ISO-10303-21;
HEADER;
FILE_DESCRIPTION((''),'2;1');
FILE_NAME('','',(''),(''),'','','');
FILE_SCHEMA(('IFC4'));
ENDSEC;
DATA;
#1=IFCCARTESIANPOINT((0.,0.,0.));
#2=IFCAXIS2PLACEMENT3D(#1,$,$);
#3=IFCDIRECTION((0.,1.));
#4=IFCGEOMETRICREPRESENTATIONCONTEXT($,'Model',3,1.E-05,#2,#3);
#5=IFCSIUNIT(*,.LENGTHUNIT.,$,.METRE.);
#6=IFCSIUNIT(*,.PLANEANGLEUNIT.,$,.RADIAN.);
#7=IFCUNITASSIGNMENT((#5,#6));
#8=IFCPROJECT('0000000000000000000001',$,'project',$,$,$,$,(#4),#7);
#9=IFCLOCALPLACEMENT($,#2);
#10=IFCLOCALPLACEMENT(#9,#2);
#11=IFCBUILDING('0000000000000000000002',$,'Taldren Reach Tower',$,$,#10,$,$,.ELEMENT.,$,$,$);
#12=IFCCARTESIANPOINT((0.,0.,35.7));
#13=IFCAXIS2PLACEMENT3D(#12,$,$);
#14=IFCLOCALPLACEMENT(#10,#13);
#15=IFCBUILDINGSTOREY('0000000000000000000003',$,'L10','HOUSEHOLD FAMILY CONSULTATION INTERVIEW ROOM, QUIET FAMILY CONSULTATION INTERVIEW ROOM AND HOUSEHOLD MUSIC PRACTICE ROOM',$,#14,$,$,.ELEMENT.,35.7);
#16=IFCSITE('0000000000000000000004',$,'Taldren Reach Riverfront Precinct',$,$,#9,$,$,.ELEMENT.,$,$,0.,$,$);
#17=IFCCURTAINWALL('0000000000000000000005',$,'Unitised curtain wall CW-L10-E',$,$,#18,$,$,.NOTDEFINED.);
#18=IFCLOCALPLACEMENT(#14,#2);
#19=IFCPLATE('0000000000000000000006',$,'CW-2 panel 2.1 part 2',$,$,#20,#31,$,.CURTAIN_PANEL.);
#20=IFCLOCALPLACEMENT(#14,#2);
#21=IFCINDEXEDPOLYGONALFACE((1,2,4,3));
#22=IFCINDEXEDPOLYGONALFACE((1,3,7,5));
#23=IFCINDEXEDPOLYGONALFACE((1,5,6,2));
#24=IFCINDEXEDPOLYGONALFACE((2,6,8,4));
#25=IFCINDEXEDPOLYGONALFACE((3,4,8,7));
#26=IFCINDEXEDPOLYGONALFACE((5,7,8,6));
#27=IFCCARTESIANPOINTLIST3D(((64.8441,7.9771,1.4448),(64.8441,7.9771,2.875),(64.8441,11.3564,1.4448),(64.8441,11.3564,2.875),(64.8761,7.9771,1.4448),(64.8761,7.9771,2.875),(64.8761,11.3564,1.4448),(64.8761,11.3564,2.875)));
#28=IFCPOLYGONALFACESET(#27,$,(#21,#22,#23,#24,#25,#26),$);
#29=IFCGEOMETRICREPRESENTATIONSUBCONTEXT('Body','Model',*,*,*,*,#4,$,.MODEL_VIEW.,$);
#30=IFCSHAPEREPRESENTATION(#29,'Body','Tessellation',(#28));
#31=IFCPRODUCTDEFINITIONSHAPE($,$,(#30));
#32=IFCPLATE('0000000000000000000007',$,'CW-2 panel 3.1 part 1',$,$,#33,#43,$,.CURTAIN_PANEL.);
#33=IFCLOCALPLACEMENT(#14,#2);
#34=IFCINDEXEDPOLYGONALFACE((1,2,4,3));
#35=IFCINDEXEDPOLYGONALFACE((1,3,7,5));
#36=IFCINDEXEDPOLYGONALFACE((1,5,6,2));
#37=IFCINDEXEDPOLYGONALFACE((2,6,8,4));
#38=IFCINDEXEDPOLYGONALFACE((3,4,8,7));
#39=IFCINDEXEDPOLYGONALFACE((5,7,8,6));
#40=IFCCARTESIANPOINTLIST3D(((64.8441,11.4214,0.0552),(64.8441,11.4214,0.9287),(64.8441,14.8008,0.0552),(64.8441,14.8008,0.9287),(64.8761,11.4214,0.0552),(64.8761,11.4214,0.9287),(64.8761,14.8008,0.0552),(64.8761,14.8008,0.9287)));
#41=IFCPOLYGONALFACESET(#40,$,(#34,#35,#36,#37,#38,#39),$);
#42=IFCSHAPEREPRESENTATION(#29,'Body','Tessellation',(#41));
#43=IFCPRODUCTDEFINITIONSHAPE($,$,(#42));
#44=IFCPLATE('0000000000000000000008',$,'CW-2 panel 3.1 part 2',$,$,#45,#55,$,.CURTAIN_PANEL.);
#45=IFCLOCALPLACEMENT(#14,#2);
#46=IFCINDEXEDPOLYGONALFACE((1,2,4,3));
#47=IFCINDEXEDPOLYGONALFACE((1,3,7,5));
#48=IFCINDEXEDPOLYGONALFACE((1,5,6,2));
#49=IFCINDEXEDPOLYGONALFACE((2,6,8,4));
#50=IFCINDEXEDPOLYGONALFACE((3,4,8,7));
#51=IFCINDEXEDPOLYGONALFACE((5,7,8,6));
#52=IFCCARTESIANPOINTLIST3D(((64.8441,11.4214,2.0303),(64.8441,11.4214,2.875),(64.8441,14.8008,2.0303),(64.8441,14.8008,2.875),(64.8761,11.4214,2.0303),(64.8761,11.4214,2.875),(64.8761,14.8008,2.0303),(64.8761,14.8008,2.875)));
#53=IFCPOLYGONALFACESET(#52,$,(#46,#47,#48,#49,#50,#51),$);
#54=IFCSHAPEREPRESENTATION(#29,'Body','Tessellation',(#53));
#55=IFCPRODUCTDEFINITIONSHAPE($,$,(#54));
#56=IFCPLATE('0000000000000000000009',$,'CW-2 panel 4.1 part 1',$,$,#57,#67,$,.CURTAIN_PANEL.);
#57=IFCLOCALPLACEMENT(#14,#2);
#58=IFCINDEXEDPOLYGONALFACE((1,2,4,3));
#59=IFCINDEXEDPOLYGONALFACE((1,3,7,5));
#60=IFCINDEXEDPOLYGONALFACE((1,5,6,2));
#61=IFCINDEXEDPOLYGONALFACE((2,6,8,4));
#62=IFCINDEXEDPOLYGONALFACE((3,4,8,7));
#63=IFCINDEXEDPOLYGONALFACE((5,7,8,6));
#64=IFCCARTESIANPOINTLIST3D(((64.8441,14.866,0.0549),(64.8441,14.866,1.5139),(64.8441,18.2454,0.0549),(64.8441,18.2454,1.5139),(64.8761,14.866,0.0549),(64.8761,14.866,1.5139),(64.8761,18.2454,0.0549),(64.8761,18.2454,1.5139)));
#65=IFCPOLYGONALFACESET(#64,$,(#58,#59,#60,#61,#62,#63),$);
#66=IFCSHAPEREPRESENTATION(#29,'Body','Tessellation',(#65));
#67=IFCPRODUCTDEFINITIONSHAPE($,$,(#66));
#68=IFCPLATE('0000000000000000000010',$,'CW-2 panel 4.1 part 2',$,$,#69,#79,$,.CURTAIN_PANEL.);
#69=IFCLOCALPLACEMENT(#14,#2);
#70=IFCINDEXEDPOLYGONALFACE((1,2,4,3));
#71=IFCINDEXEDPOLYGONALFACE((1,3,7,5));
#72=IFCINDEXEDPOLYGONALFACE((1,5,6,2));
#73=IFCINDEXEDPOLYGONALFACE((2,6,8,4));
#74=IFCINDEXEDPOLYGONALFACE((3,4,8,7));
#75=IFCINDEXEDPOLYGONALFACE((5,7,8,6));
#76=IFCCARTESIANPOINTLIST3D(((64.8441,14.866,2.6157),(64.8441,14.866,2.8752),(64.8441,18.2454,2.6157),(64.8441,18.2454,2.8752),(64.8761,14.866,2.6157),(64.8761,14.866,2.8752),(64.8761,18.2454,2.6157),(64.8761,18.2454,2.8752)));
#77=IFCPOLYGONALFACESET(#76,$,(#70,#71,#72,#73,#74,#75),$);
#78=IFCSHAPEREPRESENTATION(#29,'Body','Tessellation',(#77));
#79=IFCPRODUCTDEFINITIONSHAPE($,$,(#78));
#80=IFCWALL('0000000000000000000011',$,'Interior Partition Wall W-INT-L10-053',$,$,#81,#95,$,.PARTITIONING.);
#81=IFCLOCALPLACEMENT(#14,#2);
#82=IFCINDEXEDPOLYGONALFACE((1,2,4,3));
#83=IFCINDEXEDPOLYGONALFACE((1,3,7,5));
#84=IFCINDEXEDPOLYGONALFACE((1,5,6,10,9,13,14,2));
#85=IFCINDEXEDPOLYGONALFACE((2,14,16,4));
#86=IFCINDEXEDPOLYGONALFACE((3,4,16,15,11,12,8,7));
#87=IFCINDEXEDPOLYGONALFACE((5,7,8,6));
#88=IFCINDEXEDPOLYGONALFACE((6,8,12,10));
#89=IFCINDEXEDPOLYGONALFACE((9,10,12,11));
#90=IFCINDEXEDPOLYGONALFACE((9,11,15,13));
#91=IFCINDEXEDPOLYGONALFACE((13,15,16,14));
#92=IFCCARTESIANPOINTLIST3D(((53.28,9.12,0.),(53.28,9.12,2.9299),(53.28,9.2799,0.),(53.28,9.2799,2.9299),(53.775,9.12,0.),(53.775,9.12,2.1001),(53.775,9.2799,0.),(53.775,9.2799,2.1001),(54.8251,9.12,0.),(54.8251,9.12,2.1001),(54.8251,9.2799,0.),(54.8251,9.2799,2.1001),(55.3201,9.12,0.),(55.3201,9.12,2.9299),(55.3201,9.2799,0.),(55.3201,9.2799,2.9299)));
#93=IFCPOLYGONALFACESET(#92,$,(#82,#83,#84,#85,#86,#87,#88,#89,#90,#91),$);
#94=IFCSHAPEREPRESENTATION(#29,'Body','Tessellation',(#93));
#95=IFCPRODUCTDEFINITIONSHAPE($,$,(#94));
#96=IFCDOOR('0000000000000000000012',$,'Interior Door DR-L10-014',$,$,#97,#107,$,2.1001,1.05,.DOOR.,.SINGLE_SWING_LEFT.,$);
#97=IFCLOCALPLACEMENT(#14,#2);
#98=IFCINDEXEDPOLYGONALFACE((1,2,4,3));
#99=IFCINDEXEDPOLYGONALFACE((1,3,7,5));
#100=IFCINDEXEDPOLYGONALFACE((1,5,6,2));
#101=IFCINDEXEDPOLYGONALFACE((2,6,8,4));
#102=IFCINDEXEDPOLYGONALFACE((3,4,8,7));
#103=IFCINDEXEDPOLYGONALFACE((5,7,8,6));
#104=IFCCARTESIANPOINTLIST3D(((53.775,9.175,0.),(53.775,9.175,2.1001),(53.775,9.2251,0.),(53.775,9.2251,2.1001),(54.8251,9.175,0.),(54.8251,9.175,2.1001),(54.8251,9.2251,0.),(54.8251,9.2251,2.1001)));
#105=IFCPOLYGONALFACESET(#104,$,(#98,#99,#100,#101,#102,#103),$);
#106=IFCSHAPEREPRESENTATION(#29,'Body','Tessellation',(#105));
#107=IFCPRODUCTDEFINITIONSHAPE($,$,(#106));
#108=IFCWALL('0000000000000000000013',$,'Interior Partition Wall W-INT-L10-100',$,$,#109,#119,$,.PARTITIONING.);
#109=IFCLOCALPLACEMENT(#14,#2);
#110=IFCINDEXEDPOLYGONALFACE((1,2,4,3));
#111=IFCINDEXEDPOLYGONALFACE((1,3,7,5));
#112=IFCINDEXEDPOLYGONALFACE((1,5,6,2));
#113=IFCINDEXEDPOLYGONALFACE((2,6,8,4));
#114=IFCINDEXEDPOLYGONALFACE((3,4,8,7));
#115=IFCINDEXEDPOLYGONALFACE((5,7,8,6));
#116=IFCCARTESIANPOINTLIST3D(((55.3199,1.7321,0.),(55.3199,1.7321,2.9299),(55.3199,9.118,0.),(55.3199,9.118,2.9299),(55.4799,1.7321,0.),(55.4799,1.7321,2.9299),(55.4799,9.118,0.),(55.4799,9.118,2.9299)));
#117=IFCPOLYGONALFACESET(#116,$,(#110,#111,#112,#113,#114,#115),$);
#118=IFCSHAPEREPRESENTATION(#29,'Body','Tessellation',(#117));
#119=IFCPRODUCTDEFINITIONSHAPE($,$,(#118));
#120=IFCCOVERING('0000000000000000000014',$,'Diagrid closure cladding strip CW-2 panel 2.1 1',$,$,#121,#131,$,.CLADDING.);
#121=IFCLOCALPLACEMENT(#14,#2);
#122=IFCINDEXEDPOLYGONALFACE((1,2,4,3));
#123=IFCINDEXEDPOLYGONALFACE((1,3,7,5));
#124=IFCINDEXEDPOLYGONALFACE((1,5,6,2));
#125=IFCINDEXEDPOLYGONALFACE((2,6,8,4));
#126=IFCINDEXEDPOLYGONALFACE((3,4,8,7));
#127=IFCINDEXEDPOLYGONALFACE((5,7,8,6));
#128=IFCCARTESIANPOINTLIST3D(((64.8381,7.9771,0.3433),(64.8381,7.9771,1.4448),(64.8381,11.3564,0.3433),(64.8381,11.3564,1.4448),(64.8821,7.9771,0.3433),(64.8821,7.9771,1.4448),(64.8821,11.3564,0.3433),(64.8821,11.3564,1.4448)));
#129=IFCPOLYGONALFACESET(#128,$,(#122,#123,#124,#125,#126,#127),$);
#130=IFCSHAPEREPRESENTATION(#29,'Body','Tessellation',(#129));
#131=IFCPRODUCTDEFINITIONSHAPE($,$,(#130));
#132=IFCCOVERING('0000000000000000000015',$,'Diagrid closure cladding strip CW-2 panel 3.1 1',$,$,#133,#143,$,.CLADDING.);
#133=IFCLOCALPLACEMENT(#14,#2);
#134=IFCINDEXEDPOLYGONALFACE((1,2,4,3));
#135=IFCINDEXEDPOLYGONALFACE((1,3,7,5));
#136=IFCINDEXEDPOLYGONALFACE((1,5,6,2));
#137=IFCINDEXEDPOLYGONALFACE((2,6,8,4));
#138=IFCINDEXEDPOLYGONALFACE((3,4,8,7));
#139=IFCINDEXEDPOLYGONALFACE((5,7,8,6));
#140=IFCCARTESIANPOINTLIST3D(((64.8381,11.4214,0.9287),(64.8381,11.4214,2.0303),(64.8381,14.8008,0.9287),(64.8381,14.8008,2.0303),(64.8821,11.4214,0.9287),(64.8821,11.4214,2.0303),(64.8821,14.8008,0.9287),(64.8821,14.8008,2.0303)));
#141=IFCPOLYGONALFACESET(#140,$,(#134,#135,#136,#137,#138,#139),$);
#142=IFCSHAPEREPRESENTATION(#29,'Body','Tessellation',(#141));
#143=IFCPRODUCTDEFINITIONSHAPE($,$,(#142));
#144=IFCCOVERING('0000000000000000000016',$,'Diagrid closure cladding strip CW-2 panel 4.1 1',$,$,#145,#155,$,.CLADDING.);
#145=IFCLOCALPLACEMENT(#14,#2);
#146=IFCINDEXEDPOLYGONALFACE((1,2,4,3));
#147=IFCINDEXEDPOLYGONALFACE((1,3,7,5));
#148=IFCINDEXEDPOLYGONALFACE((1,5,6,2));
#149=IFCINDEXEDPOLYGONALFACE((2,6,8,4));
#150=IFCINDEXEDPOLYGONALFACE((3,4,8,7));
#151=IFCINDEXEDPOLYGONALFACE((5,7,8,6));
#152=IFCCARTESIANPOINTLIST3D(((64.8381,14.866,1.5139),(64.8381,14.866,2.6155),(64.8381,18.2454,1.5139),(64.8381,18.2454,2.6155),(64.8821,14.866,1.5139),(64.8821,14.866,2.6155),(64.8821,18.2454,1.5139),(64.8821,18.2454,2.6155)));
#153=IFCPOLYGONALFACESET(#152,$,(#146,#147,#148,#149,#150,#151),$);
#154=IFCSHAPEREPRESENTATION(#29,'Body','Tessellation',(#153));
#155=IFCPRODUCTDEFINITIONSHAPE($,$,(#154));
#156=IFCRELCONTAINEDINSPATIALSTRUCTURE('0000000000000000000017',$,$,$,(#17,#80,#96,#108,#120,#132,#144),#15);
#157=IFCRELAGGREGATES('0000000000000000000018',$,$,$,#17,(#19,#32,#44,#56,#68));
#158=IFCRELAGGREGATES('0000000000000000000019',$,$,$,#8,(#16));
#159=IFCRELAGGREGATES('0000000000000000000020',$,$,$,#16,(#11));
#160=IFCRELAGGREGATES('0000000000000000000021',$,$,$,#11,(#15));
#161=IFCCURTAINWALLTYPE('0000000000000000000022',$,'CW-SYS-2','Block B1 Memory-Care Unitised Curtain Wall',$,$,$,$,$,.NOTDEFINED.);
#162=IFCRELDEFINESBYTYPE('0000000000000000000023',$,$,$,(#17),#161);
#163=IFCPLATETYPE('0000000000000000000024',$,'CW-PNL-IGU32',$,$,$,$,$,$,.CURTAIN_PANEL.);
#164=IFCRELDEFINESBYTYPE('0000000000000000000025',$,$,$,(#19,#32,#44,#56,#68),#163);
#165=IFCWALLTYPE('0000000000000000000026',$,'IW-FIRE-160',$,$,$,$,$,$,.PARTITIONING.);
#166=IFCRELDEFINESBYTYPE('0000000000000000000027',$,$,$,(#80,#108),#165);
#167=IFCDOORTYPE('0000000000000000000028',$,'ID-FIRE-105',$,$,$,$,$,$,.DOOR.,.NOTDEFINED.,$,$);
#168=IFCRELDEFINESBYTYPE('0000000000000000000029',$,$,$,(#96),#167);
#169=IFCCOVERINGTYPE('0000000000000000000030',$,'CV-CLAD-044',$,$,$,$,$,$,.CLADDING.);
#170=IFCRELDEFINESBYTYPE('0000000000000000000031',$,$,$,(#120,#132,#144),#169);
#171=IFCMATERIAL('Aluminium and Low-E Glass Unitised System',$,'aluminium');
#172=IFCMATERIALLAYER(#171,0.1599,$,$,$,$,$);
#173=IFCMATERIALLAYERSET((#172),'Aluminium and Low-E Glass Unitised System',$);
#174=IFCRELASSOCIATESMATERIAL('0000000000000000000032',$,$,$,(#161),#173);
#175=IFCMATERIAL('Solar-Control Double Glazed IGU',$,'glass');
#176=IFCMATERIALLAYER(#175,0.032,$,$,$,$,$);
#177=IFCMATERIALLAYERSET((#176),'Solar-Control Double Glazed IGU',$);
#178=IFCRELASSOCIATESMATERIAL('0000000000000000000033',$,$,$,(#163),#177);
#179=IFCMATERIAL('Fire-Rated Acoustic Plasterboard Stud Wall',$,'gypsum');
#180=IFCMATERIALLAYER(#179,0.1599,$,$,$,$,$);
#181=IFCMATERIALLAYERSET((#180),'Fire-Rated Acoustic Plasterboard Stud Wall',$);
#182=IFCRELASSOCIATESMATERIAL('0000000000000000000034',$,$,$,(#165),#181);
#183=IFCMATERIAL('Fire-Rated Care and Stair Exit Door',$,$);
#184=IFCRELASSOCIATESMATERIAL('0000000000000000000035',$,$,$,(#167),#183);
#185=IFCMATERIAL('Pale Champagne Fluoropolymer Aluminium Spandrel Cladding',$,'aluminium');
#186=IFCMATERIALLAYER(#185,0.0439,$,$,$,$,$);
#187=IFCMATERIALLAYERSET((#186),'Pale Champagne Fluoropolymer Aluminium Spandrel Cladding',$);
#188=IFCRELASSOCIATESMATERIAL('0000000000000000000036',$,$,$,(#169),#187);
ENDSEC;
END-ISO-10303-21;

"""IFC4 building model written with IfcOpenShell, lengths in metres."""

from ifc_helpers import new_model, si_unit, direction, frame, frame_2d, origin, origin_2d, place, context, subcontext, project, spatial, rectangle, extrude, source, transform, mapped, material, layer, layer_set, type_object, element, fill, aggregate, save


model = new_model("IFC4")

# Units and contexts
model_context = context("Model", 3, precision=1e-05, world=origin(), true_north=direction((0.0, 1.0)))
body_context = subcontext(model_context, "Body", "Model", "MODEL_VIEW")
ifc_project = project(units=[si_unit("LENGTHUNIT", "METRE"), si_unit("PLANEANGLEUNIT", "RADIAN")], contexts=[model_context])

# Site, building, storey
site_placement = place(None, origin())
site = spatial("IfcSite", under=ifc_project, at=site_placement, Name="Taldren Reach Riverfront Precinct", CompositionType="ELEMENT", RefElevation=0.0)
building_placement = place(site_placement, origin())
building = spatial("IfcBuilding", under=site, at=building_placement, Name="Taldren Reach Tower", CompositionType="ELEMENT")
storey_placement = place(building_placement, frame((0.0, 0.0, 35.7)))
storey = spatial("IfcBuildingStorey", under=building, at=storey_placement, Name="L10", Description="HOUSEHOLD FAMILY CONSULTATION INTERVIEW ROOM, QUIET FAMILY CONSULTATION INTERVIEW ROOM AND HOUSEHOLD MUSIC PRACTICE ROOM", CompositionType="ELEMENT", Elevation=35.7)

# Curtain wall, plates
ifc_material_1 = material(Name="Aluminium and Low-E Glass Unitised System", Category="aluminium")
ifc_layer_1 = layer(ifc_material_1, 0.1599)
ifc_layer_set_1 = layer_set([ifc_layer_1], Name="Aluminium and Low-E Glass Unitised System")
curtain_wall_type = type_object("IfcCurtainWallType", Name="CW-SYS-2", Description="Block B1 Memory-Care Unitised Curtain Wall", PredefinedType="NOTDEFINED", material=ifc_layer_set_1)
curtain_wall_placement = place(storey_placement, origin())
curtain_wall = element("IfcCurtainWall", 1, at=curtain_wall_placement, inside=storey, type_object=curtain_wall_type, Name="Unitised curtain wall CW-L10-E", PredefinedType="NOTDEFINED")
ifc_material_2 = material(Name="Solar-Control Double Glazed IGU", Category="glass")
ifc_layer_2 = layer(ifc_material_2, 0.032)
ifc_layer_set_2 = layer_set([ifc_layer_2], Name="Solar-Control Double Glazed IGU")
plate_type = type_object("IfcPlateType", Name="CW-PNL-IGU32", PredefinedType="CURTAIN_PANEL", material=ifc_layer_set_2)
shared_shape_1 = source(origin(), body_context, "Body", "SweptSolid", [
    extrude(rectangle(XDim=3.3794, YDim=0.032, at=origin_2d()), origin(), (0.0, 0.0, 1.0), 1.4302),
])
plate_1_placement = place(storey_placement, frame((64.8601, 9.6667, 1.4448), z_axis=(0.0, 0.0, 1.0), x_axis=(0.0, 1.0, 0.0)))
plate_1 = element("IfcPlate", 2, at=plate_1_placement, type_object=plate_type, Name="CW-2 panel 2.1 part 2", PredefinedType="CURTAIN_PANEL", context=body_context, shape_type="MappedRepresentation", body=[
    mapped(shared_shape_1, transform((0.0, 0.0, 0.0), scale=1.0)),
])
shared_shape_2 = source(origin(), body_context, "Body", "SweptSolid", [
    extrude(rectangle(XDim=3.3794, YDim=0.032, at=origin_2d()), origin(), (0.0, 0.0, 1.0), 0.8735),
])
plate_2_placement = place(storey_placement, frame((64.8601, 13.1111, 0.0552), z_axis=(0.0, 0.0, 1.0), x_axis=(0.0, 1.0, 0.0)))
plate_2 = element("IfcPlate", 3, at=plate_2_placement, type_object=plate_type, Name="CW-2 panel 3.1 part 1", PredefinedType="CURTAIN_PANEL", context=body_context, shape_type="MappedRepresentation", body=[
    mapped(shared_shape_2, transform((0.0, 0.0, 0.0), scale=1.0)),
])
shared_shape_3 = source(origin(), body_context, "Body", "SweptSolid", [
    extrude(rectangle(XDim=3.3794, YDim=0.032, at=origin_2d()), origin(), (0.0, 0.0, 1.0), 0.8447),
])
plate_3_placement = place(storey_placement, frame((64.8601, 13.1111, 2.0303), z_axis=(0.0, 0.0, 1.0), x_axis=(0.0, 1.0, 0.0)))
plate_3 = element("IfcPlate", 4, at=plate_3_placement, type_object=plate_type, Name="CW-2 panel 3.1 part 2", PredefinedType="CURTAIN_PANEL", context=body_context, shape_type="MappedRepresentation", body=[
    mapped(shared_shape_3, transform((0.0, 0.0, 0.0), scale=1.0)),
])
shared_shape_4 = source(origin(), body_context, "Body", "SweptSolid", [
    extrude(rectangle(XDim=3.3794, YDim=0.032, at=origin_2d()), origin(), (0.0, 0.0, 1.0), 1.459),
])
plate_4_placement = place(storey_placement, frame((64.8601, 16.5557, 0.0549), z_axis=(0.0, 0.0, 1.0), x_axis=(0.0, 1.0, 0.0)))
plate_4 = element("IfcPlate", 5, at=plate_4_placement, type_object=plate_type, Name="CW-2 panel 4.1 part 1", PredefinedType="CURTAIN_PANEL", context=body_context, shape_type="MappedRepresentation", body=[
    mapped(shared_shape_4, transform((0.0, 0.0, 0.0), scale=1.0)),
])
shared_shape_5 = source(origin(), body_context, "Body", "SweptSolid", [
    extrude(rectangle(XDim=3.3794, YDim=0.032, at=origin_2d()), origin(), (0.0, 0.0, 1.0), 0.2595),
])
plate_5_placement = place(storey_placement, frame((64.8601, 16.5557, 2.6157), z_axis=(0.0, 0.0, 1.0), x_axis=(0.0, 1.0, 0.0)))
plate_5 = element("IfcPlate", 6, at=plate_5_placement, type_object=plate_type, Name="CW-2 panel 4.1 part 2", PredefinedType="CURTAIN_PANEL", context=body_context, shape_type="MappedRepresentation", body=[
    mapped(shared_shape_5, transform((0.0, 0.0, 0.0), scale=1.0)),
])
aggregate(curtain_wall, [plate_1, plate_2, plate_3, plate_4, plate_5])

# Wall, opening, door
ifc_material_3 = material(Name="Fire-Rated Acoustic Plasterboard Stud Wall", Category="gypsum")
ifc_layer_3 = layer(ifc_material_3, 0.1599)
ifc_layer_set_3 = layer_set([ifc_layer_3], Name="Fire-Rated Acoustic Plasterboard Stud Wall")
wall_type = type_object("IfcWallType", Name="IW-FIRE-160", PredefinedType="PARTITIONING", material=ifc_layer_set_3)
shared_shape_6 = source(origin(), body_context, "Body", "SweptSolid", [
    extrude(rectangle(XDim=2.04, YDim=0.1599, at=frame_2d((1.02, 0.0))), origin(), (0.0, 0.0, 1.0), 2.9299),
])
wall_1_placement = place(storey_placement, frame((55.3201, 9.2, 0.0), z_axis=(0.0, 0.0, 1.0), x_axis=(-1.0, 0.0, 0.0)))
wall_1 = element("IfcWall", 7, at=wall_1_placement, inside=storey, type_object=wall_type, Name="Interior Partition Wall W-INT-L10-053", PredefinedType="PARTITIONING", context=body_context, shape_type="MappedRepresentation", body=[
    mapped(shared_shape_6, transform((0.0, 0.0, 0.0), scale=1.0)),
])
shared_shape_7 = source(origin(), body_context, "Body", "SweptSolid", [
    extrude(rectangle(XDim=1.05, YDim=2.1001, at=frame_2d((0.5249, 1.05))), frame((0.0, 0.0898, 0.0), z_axis=(0.0, -1.0, 0.0), x_axis=(1.0, 0.0, 0.0)), (0.0, 0.0, 1.0), 0.1799),
])
opening_placement = place(wall_1_placement, frame((0.4951, 0.0, 0.0)))
opening = element("IfcOpeningElement", 8, at=opening_placement, cuts=wall_1, PredefinedType="OPENING", context=body_context, shape_type="MappedRepresentation", body=[
    mapped(shared_shape_7, transform((0.0, 0.0, 0.0), scale=1.0)),
])
ifc_material_4 = material(Name="Fire-Rated Care and Stair Exit Door")
door_type = type_object("IfcDoorType", Name="ID-FIRE-105", OperationType="NOTDEFINED", PredefinedType="DOOR", material=ifc_material_4)
shared_shape_8 = source(origin(), body_context, "Body", "SweptSolid", [
    extrude(rectangle(XDim=1.05, YDim=2.1001, at=frame_2d((0.5249, 1.05))), frame((0.0, 0.0249, 0.0), z_axis=(0.0, -1.0, 0.0), x_axis=(1.0, 0.0, 0.0)), (0.0, 0.0, 1.0), 0.05),
])
door_placement = place(opening_placement, origin())
door = element("IfcDoor", 9, at=door_placement, inside=storey, type_object=door_type, Name="Interior Door DR-L10-014", OperationType="SINGLE_SWING_LEFT", OverallHeight=2.1001, OverallWidth=1.05, PredefinedType="DOOR", context=body_context, shape_type="MappedRepresentation", body=[
    mapped(shared_shape_8, transform((0.0, 0.0, 0.0), scale=1.0)),
])
fill(opening, door)

# Wall
shared_shape_9 = source(origin(), body_context, "Body", "SweptSolid", [
    extrude(rectangle(XDim=7.386, YDim=0.1599, at=frame_2d((3.6929, 0.0))), origin(), (0.0, 0.0, 1.0), 2.9299),
])
wall_2_placement = place(storey_placement, frame((55.3999, 9.1179, 0.0), z_axis=(0.0, 0.0, 1.0), x_axis=(0.0, -1.0, 0.0)))
element("IfcWall", 10, at=wall_2_placement, inside=storey, type_object=wall_type, Name="Interior Partition Wall W-INT-L10-100", PredefinedType="PARTITIONING", context=body_context, shape_type="MappedRepresentation", body=[
    mapped(shared_shape_9, transform((0.0, 0.0, 0.0), scale=1.0)),
])

# Coverings
ifc_material_5 = material(Name="Pale Champagne Fluoropolymer Aluminium Spandrel Cladding", Category="aluminium")
ifc_layer_4 = layer(ifc_material_5, 0.0439)
ifc_layer_set_4 = layer_set([ifc_layer_4], Name="Pale Champagne Fluoropolymer Aluminium Spandrel Cladding")
covering_type = type_object("IfcCoveringType", Name="CV-CLAD-044", PredefinedType="CLADDING", material=ifc_layer_set_4)
shared_shape_10 = source(origin(), body_context, "Body", "SweptSolid", [
    extrude(rectangle(XDim=3.3794, YDim=0.0439, at=origin_2d()), origin(), (0.0, 0.0, 1.0), 1.1016),
])
for number, where, z_axis, x_axis, name in (
    (11, (64.8601, 9.6667, 0.3433), (0.0, 0.0, 1.0), (0.0, 1.0, 0.0), "Diagrid closure cladding strip CW-2 panel 2.1 1"),
    (12, (64.8601, 13.1111, 0.9287), (0.0, 0.0, 1.0), (0.0, 1.0, 0.0), "Diagrid closure cladding strip CW-2 panel 3.1 1"),
    (13, (64.8601, 16.5557, 1.5139), (0.0, 0.0, 1.0), (0.0, 1.0, 0.0), "Diagrid closure cladding strip CW-2 panel 4.1 1"),
):
    element("IfcCovering", number, at=place(storey_placement, frame(where, z_axis=z_axis, x_axis=x_axis)), inside=storey, type_object=covering_type, Name=name, PredefinedType="CLADDING", context=body_context, shape_type="MappedRepresentation", body=[
        mapped(shared_shape_10, transform((0.0, 0.0, 0.0), scale=1.0)),
    ])

save(model, "model.ifc")
